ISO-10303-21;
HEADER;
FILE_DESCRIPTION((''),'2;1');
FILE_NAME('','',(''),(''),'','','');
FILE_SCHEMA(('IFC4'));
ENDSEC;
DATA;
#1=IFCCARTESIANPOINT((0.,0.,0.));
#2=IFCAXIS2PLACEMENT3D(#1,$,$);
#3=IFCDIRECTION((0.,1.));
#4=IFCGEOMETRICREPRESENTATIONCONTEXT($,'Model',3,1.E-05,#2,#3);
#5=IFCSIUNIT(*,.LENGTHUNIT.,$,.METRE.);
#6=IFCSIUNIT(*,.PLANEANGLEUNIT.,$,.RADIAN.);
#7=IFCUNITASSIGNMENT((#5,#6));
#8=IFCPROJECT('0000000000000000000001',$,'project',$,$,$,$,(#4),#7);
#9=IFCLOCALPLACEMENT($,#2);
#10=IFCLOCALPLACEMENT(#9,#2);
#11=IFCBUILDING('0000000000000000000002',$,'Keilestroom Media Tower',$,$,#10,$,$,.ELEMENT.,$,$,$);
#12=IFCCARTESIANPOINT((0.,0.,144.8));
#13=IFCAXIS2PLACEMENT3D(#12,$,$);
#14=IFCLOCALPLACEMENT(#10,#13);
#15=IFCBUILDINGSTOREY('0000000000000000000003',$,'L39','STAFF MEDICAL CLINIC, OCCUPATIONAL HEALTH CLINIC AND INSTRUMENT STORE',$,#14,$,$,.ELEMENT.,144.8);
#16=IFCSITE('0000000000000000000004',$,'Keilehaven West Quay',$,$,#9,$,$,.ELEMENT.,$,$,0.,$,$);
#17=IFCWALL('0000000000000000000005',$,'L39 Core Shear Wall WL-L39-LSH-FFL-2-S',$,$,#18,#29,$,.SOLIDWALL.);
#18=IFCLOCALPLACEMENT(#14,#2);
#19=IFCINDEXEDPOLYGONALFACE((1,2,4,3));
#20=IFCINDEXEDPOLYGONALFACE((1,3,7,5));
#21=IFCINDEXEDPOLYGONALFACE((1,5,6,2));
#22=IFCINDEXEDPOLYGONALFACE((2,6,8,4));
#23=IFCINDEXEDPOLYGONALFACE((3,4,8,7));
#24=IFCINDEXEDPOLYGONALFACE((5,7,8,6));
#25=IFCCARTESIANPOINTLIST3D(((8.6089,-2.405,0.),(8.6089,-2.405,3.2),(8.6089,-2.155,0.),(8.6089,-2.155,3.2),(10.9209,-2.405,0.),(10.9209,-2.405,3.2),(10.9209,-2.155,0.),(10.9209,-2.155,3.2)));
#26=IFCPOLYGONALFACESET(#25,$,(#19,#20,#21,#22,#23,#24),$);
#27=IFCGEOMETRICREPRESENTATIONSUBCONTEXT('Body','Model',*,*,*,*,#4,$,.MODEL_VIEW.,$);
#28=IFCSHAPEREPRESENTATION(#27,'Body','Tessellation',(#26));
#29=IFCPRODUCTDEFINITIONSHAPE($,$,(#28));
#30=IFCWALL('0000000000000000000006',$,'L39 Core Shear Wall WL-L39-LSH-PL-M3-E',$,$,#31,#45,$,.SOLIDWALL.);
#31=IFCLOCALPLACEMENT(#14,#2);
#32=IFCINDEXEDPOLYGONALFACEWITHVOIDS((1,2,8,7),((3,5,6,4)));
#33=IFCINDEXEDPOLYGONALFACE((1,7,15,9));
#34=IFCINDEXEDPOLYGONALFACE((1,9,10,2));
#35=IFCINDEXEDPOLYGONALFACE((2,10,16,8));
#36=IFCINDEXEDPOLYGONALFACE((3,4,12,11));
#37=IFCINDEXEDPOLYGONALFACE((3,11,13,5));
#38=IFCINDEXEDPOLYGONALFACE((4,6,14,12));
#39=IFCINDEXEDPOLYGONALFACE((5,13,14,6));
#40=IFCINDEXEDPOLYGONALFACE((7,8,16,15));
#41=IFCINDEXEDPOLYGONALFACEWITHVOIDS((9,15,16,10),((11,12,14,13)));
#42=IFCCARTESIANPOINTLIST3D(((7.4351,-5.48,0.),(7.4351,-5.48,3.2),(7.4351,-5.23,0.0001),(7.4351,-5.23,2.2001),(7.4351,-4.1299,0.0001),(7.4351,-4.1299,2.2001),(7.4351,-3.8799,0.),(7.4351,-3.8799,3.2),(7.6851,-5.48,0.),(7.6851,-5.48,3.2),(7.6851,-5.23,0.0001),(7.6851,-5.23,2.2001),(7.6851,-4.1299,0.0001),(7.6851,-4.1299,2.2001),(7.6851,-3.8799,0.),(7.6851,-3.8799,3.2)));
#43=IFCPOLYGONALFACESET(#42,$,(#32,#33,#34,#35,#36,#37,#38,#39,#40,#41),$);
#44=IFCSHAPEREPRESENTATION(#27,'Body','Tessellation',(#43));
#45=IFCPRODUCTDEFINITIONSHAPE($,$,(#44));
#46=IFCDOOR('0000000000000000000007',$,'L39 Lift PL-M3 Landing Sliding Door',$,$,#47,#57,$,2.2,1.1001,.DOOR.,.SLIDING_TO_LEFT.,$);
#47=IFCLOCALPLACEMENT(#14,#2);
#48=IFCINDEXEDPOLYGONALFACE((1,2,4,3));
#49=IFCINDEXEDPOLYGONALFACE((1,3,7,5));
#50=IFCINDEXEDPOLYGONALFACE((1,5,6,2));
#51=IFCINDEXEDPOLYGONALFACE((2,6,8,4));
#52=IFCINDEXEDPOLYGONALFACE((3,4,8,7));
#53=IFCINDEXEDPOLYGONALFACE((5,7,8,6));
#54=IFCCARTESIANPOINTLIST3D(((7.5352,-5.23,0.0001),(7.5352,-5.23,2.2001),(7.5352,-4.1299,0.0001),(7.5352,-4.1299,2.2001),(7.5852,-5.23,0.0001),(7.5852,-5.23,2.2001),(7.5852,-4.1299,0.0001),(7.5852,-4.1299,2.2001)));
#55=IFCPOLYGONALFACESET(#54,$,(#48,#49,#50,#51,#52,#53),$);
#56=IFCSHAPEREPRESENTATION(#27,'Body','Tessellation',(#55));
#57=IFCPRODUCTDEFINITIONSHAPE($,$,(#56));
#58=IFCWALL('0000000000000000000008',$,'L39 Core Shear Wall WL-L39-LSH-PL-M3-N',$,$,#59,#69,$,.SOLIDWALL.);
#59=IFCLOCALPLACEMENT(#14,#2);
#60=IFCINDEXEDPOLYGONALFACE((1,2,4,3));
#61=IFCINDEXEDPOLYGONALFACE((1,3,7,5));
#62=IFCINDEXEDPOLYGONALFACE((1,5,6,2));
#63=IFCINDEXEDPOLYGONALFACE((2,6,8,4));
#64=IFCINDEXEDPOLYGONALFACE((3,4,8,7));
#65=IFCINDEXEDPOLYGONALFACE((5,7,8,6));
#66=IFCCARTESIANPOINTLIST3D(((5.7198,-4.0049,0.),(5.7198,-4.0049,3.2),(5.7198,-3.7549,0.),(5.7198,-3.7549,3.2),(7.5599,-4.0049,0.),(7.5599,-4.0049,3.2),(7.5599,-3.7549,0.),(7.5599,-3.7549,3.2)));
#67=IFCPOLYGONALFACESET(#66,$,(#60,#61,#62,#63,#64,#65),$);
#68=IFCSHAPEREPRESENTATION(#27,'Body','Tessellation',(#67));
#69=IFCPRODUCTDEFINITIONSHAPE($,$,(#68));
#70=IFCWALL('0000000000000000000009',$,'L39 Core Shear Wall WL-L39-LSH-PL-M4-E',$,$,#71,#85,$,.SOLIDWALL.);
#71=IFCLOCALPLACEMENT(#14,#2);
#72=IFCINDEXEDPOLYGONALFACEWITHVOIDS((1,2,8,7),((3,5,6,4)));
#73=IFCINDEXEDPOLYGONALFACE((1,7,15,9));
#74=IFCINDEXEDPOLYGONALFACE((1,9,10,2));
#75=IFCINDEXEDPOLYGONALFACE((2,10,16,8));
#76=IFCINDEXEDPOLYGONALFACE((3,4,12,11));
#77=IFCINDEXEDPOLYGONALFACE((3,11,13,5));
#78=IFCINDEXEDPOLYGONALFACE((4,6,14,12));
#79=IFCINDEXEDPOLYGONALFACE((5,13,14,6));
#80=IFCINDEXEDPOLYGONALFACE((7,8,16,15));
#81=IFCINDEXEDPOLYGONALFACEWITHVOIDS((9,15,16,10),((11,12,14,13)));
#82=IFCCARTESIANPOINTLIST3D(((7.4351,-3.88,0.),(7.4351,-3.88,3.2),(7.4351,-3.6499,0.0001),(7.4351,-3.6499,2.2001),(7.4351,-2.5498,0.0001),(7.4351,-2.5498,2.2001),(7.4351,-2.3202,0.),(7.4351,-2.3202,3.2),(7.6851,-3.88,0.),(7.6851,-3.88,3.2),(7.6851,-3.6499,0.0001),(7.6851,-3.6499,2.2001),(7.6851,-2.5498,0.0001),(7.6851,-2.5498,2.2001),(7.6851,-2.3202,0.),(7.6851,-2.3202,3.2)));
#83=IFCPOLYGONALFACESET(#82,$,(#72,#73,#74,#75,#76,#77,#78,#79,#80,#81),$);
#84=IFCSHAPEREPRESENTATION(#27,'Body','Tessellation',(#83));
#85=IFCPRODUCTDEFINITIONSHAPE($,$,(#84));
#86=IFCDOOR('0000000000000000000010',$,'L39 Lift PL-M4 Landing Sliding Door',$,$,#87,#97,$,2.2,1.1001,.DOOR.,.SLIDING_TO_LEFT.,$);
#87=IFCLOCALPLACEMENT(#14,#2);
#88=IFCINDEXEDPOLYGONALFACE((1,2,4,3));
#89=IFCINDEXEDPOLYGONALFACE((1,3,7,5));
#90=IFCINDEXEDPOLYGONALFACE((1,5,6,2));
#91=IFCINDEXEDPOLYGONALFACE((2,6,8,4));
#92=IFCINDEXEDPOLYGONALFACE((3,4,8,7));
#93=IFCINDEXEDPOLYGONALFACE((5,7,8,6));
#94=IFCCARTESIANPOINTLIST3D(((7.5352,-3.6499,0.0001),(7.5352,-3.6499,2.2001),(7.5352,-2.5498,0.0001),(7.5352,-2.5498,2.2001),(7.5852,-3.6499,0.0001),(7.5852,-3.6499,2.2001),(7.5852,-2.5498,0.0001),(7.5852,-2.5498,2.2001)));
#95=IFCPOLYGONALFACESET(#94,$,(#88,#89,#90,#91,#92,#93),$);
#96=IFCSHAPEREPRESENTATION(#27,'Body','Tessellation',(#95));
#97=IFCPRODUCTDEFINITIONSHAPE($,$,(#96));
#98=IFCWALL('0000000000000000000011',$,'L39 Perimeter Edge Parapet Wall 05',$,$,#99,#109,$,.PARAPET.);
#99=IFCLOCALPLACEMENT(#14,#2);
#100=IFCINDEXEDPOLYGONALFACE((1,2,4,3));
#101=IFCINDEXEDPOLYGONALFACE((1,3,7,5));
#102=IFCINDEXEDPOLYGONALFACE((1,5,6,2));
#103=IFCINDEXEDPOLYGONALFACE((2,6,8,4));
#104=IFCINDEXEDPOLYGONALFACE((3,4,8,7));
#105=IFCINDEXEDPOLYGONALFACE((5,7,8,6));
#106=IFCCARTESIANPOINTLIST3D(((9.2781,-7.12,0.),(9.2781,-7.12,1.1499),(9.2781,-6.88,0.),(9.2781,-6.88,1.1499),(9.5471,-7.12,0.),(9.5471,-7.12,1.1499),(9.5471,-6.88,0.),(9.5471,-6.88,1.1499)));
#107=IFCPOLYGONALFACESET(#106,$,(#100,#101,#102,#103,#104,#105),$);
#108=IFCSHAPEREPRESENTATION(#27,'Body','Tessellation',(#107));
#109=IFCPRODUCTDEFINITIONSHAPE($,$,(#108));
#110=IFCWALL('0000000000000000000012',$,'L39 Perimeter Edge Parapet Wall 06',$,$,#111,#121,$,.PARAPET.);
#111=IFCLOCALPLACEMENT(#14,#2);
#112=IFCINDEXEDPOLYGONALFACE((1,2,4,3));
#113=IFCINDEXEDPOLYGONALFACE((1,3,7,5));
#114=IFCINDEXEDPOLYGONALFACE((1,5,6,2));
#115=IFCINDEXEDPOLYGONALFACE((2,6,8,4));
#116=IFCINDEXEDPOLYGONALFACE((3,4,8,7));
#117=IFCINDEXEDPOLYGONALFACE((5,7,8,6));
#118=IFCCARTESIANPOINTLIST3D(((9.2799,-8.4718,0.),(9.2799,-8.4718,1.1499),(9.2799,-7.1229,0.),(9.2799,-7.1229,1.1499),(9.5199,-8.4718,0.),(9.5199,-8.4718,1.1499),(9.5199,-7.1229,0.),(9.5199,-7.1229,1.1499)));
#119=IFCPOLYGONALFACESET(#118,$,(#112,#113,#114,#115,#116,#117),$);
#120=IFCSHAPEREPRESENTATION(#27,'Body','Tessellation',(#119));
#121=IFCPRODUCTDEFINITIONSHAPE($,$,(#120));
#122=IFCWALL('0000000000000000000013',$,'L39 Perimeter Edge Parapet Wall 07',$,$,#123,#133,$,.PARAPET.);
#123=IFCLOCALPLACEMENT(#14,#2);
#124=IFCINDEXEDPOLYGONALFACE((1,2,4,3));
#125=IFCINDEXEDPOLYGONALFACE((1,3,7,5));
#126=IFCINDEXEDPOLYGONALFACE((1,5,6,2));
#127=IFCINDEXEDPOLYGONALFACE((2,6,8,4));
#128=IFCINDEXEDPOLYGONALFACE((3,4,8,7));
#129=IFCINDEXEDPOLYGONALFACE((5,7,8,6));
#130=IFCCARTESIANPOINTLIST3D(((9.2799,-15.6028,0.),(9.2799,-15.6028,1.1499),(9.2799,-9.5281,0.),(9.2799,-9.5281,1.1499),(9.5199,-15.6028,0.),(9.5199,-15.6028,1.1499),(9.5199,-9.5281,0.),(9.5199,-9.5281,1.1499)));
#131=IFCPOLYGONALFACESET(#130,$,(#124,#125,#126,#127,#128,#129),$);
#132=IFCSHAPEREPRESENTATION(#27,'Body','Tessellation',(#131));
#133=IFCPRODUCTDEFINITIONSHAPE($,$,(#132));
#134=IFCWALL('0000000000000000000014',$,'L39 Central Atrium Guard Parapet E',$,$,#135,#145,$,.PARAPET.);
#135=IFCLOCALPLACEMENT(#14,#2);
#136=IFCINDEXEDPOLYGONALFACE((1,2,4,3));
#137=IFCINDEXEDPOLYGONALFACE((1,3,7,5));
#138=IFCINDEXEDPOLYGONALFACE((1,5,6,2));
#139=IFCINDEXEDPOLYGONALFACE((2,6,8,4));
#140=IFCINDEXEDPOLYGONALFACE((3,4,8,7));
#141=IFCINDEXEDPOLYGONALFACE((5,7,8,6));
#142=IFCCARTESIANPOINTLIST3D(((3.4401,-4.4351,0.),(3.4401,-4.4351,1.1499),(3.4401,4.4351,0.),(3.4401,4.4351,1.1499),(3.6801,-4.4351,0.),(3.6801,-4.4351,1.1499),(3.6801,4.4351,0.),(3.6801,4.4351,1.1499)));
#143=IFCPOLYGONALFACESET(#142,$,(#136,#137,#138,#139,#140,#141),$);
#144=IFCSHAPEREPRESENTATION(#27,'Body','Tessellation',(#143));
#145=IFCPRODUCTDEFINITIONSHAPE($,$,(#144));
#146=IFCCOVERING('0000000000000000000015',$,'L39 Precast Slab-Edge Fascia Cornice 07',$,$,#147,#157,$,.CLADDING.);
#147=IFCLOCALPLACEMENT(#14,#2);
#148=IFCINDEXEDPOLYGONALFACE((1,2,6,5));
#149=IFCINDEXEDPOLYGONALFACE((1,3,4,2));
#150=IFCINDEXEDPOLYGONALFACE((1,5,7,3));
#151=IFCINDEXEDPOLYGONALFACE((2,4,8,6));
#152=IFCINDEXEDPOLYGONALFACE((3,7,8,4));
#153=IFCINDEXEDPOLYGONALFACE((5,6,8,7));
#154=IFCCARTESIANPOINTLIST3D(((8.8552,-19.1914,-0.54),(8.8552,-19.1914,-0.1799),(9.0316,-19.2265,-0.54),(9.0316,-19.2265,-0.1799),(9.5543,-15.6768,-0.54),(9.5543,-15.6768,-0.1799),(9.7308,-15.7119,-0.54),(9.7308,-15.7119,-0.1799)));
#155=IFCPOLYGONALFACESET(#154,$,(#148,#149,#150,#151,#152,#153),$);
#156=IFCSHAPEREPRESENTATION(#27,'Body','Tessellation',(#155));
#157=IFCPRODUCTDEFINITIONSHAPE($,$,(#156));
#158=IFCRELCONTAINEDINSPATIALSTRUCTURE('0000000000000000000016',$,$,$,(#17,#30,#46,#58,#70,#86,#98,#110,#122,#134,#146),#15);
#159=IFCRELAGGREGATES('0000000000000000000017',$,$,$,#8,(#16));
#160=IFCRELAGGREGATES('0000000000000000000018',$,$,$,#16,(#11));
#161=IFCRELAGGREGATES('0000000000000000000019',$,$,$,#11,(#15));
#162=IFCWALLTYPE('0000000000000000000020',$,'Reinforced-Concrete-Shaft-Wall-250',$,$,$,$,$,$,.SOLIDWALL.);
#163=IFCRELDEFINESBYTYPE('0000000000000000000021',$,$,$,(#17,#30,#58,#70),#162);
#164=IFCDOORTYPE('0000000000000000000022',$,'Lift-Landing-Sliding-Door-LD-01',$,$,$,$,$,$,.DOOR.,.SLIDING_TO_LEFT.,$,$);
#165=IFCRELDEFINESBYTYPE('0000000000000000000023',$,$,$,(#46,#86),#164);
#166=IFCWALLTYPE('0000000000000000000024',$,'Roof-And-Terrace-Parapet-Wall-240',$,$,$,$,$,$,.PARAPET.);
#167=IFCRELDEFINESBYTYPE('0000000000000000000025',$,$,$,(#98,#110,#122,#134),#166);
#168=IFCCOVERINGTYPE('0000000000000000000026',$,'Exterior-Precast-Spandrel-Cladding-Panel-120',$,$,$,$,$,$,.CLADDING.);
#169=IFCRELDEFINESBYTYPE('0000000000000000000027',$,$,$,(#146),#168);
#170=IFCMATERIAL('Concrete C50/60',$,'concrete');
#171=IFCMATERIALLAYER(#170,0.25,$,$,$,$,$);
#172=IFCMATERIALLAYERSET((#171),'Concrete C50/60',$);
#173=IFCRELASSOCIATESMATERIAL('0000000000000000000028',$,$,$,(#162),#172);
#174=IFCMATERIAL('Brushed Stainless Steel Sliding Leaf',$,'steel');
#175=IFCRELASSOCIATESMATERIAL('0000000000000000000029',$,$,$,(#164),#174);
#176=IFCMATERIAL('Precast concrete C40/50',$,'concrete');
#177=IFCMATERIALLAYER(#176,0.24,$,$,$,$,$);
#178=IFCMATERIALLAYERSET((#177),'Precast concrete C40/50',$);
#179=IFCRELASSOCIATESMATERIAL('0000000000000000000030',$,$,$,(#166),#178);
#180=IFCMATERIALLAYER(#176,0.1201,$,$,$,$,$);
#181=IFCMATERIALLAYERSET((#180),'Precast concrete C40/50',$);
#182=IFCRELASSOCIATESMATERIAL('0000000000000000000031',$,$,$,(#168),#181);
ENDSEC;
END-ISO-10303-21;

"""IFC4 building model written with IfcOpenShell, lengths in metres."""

from ifc_helpers import new_model, si_unit, direction, frame, frame_2d, origin, origin_2d, place, context, subcontext, project, spatial, rectangle, extrude, source, transform, mapped, material, layer, layer_set, type_object, element, fill, save


model = new_model("IFC4")

# Units and contexts
model_context = context("Model", 3, precision=1e-05, world=origin(), true_north=direction((0.0, 1.0)))
body_context = subcontext(model_context, "Body", "Model", "MODEL_VIEW")
ifc_project = project(units=[si_unit("LENGTHUNIT", "METRE"), si_unit("PLANEANGLEUNIT", "RADIAN")], contexts=[model_context])

# Site, building, storey
site_placement = place(None, origin())
site = spatial("IfcSite", under=ifc_project, at=site_placement, Name="Keilehaven West Quay", CompositionType="ELEMENT", RefElevation=0.0)
building_placement = place(site_placement, origin())
building = spatial("IfcBuilding", under=site, at=building_placement, Name="Keilestroom Media Tower", CompositionType="ELEMENT")
storey_placement = place(building_placement, frame((0.0, 0.0, 144.8)))
storey = spatial("IfcBuildingStorey", under=building, at=storey_placement, Name="L39", Description="STAFF MEDICAL CLINIC, OCCUPATIONAL HEALTH CLINIC AND INSTRUMENT STORE", CompositionType="ELEMENT", Elevation=144.8)

# Shared definitions
ifc_material_1 = material(Name="Concrete C50/60", Category="concrete")
ifc_layer_1 = layer(ifc_material_1, 0.25)
ifc_layer_set_1 = layer_set([ifc_layer_1], Name="Concrete C50/60")
wall_type_1 = type_object("IfcWallType", Name="Reinforced-Concrete-Shaft-Wall-250", PredefinedType="SOLIDWALL", material=ifc_layer_set_1)

# Shared definitions
ifc_material_2 = material(Name="Brushed Stainless Steel Sliding Leaf", Category="steel")

# Wall
wall_1_placement = place(storey_placement, frame((8.6089, -2.28, 0.0), z_axis=(0.0, 0.0, 1.0), x_axis=(1.0, 0.0, 0.0)))
element("IfcWall", 1, at=wall_1_placement, inside=storey, type_object=wall_type_1, Name="L39 Core Shear Wall WL-L39-LSH-FFL-2-S", PredefinedType="SOLIDWALL", context=body_context, shape_type="SweptSolid", body=[
    extrude(rectangle(XDim=2.312, YDim=0.25, at=frame_2d((1.156, 0.0))), origin(), (0.0, 0.0, 1.0), 3.2),
])

# Wall, opening, door
wall_2_placement = place(storey_placement, frame((7.5601, -5.48, 0.0), z_axis=(0.0, 0.0, 1.0), x_axis=(0.0, 1.0, 0.0)))
wall_2 = element("IfcWall", 2, at=wall_2_placement, inside=storey, type_object=wall_type_1, Name="L39 Core Shear Wall WL-L39-LSH-PL-M3-E", PredefinedType="SOLIDWALL", context=body_context, shape_type="SweptSolid", body=[
    extrude(rectangle(XDim=1.6001, YDim=0.25, at=frame_2d((0.8, 0.0))), origin(), (0.0, 0.0, 1.0), 3.2),
])
opening_1_placement = place(wall_2_placement, frame((0.25, 0.0, 0.0)))
opening_1 = element("IfcOpeningElement", 3, at=opening_1_placement, cuts=wall_2, PredefinedType="OPENING", context=body_context, shape_type="SweptSolid", body=[
    extrude(rectangle(XDim=1.1001, YDim=2.2, at=frame_2d((0.55, 1.1001))), frame((0.0, 0.135, 0.0), z_axis=(0.0, -1.0, 0.0), x_axis=(1.0, 0.0, 0.0)), (0.0, 0.0, 1.0), 0.27),
])
door_type_1 = type_object("IfcDoorType", Name="Lift-Landing-Sliding-Door-LD-01", OperationType="SLIDING_TO_LEFT", PredefinedType="DOOR", material=ifc_material_2)
shared_shape_1 = source(origin(), body_context, "Body", "SweptSolid", [
    extrude(rectangle(XDim=1.1001, YDim=2.2, at=frame_2d((0.55, 1.1001))), frame((0.0, 0.0249, 0.0), z_axis=(0.0, -1.0, 0.0), x_axis=(1.0, 0.0, 0.0)), (0.0, 0.0, 1.0), 0.05),
])
door_1_placement = place(opening_1_placement, origin())
door_1 = element("IfcDoor", 4, at=door_1_placement, inside=storey, type_object=door_type_1, Name="L39 Lift PL-M3 Landing Sliding Door", OperationType="SLIDING_TO_LEFT", OverallHeight=2.2, OverallWidth=1.1001, PredefinedType="DOOR", context=body_context, shape_type="MappedRepresentation", body=[
    mapped(shared_shape_1, transform((0.0, 0.0, 0.0), x_axis=(1.0, 0.0, 0.0), y_axis=(0.0, 1.0, 0.0), z_axis=(0.0, 0.0, 1.0), scale=1.0)),
])
fill(opening_1, door_1)

# Wall
wall_3_placement = place(storey_placement, frame((5.72, -3.8799, 0.0), z_axis=(0.0, 0.0, 1.0), x_axis=(1.0, 0.0, 0.0)))
element("IfcWall", 5, at=wall_3_placement, inside=storey, type_object=wall_type_1, Name="L39 Core Shear Wall WL-L39-LSH-PL-M3-N", PredefinedType="SOLIDWALL", context=body_context, shape_type="SweptSolid", body=[
    extrude(rectangle(XDim=1.8401, YDim=0.25, at=frame_2d((0.9199, 0.0))), origin(), (0.0, 0.0, 1.0), 3.2),
])

# Wall, opening, door
wall_4_placement = place(storey_placement, frame((7.5601, -3.8799, 0.0), z_axis=(0.0, 0.0, 1.0), x_axis=(0.0, 1.0, 0.0)))
wall_4 = element("IfcWall", 6, at=wall_4_placement, inside=storey, type_object=wall_type_1, Name="L39 Core Shear Wall WL-L39-LSH-PL-M4-E", PredefinedType="SOLIDWALL", context=body_context, shape_type="SweptSolid", body=[
    extrude(rectangle(XDim=1.5598, YDim=0.25, at=frame_2d((0.7798, 0.0))), origin(), (0.0, 0.0, 1.0), 3.2),
])
opening_2_placement = place(wall_4_placement, frame((0.23, 0.0, 0.0)))
opening_2 = element("IfcOpeningElement", 7, at=opening_2_placement, cuts=wall_4, PredefinedType="OPENING", context=body_context, shape_type="SweptSolid", body=[
    extrude(rectangle(XDim=1.1001, YDim=2.2, at=frame_2d((0.55, 1.1001))), frame((0.0, 0.135, 0.0), z_axis=(0.0, -1.0, 0.0), x_axis=(1.0, 0.0, 0.0)), (0.0, 0.0, 1.0), 0.27),
])
door_2_placement = place(opening_2_placement, origin())
door_2 = element("IfcDoor", 8, at=door_2_placement, inside=storey, type_object=door_type_1, Name="L39 Lift PL-M4 Landing Sliding Door", OperationType="SLIDING_TO_LEFT", OverallHeight=2.2, OverallWidth=1.1001, PredefinedType="DOOR", context=body_context, shape_type="MappedRepresentation", body=[
    mapped(shared_shape_1, transform((0.0, 0.0, 0.0), x_axis=(1.0, 0.0, 0.0), y_axis=(0.0, 1.0, 0.0), z_axis=(0.0, 0.0, 1.0), scale=1.0)),
])
fill(opening_2, door_2)

# Walls
ifc_material_3 = material(Name="Precast concrete C40/50", Category="concrete")
ifc_layer_2 = layer(ifc_material_3, 0.24)
ifc_layer_set_2 = layer_set([ifc_layer_2], Name="Precast concrete C40/50")
wall_type_2 = type_object("IfcWallType", Name="Roof-And-Terrace-Parapet-Wall-240", PredefinedType="PARAPET", material=ifc_layer_set_2)
wall_5_placement = place(storey_placement, frame((9.5471, -7.0, 0.0), z_axis=(0.0, 0.0, 1.0), x_axis=(-1.0, 0.0, 0.0)))
element("IfcWall", 9, at=wall_5_placement, inside=storey, type_object=wall_type_2, Name="L39 Perimeter Edge Parapet Wall 05", PredefinedType="PARAPET", context=body_context, shape_type="SweptSolid", body=[
    extrude(rectangle(XDim=0.269, YDim=0.24, at=frame_2d((0.1345, 0.0))), origin(), (0.0, 0.0, 1.0), 1.1499),
])
wall_6_placement = place(storey_placement, frame((9.3999, -7.123, 0.0), z_axis=(0.0, 0.0, 1.0), x_axis=(0.0, -1.0, 0.0)))
element("IfcWall", 10, at=wall_6_placement, inside=storey, type_object=wall_type_2, Name="L39 Perimeter Edge Parapet Wall 06", PredefinedType="PARAPET", context=body_context, shape_type="SweptSolid", body=[
    extrude(rectangle(XDim=1.3489, YDim=0.24, at=frame_2d((0.6743, 0.0))), origin(), (0.0, 0.0, 1.0), 1.1499),
])
wall_7_placement = place(storey_placement, frame((9.3999, -9.5281, 0.0), z_axis=(0.0, 0.0, 1.0), x_axis=(0.0, -1.0, 0.0)))
element("IfcWall", 11, at=wall_7_placement, inside=storey, type_object=wall_type_2, Name="L39 Perimeter Edge Parapet Wall 07", PredefinedType="PARAPET", context=body_context, shape_type="SweptSolid", body=[
    extrude(rectangle(XDim=6.0747, YDim=0.24, at=frame_2d((3.0374, 0.0))), origin(), (0.0, 0.0, 1.0), 1.1499),
])
wall_8_placement = place(storey_placement, frame((3.5601, -4.4351, 0.0), z_axis=(0.0, 0.0, 1.0), x_axis=(0.0, 1.0, 0.0)))
element("IfcWall", 12, at=wall_8_placement, inside=storey, type_object=wall_type_2, Name="L39 Central Atrium Guard Parapet E", PredefinedType="PARAPET", context=body_context, shape_type="SweptSolid", body=[
    extrude(rectangle(XDim=8.8701, YDim=0.24, at=frame_2d((4.4351, 0.0))), origin(), (0.0, 0.0, 1.0), 1.1499),
])

# Covering
ifc_layer_3 = layer(ifc_material_3, 0.1201)
ifc_layer_set_3 = layer_set([ifc_layer_3], Name="Precast concrete C40/50")
covering_type = type_object("IfcCoveringType", Name="Exterior-Precast-Spandrel-Cladding-Panel-120", PredefinedType="CLADDING", material=ifc_layer_set_3)
shared_shape_2 = source(origin(), body_context, "Body", "SweptSolid", [
    extrude(rectangle(XDim=3.5835, YDim=0.1799, at=origin_2d()), origin(), (0.0, 0.0, 1.0), 0.3601),
])
covering_placement = place(storey_placement, frame((9.293, -17.4517, -0.54), z_axis=(0.0, 0.0, 1.0), x_axis=(-0.195099, -0.980784, 0.0)))
element("IfcCovering", 13, at=covering_placement, inside=storey, type_object=covering_type, Name="L39 Precast Slab-Edge Fascia Cornice 07", PredefinedType="CLADDING", context=body_context, shape_type="MappedRepresentation", body=[
    mapped(shared_shape_2, transform((0.0, 0.0, 0.0), x_axis=(1.0, 0.0, 0.0), y_axis=(0.0, 1.0, 0.0), z_axis=(0.0, 0.0, 1.0), scale=1.0)),
])

save(model, "model.ifc")
